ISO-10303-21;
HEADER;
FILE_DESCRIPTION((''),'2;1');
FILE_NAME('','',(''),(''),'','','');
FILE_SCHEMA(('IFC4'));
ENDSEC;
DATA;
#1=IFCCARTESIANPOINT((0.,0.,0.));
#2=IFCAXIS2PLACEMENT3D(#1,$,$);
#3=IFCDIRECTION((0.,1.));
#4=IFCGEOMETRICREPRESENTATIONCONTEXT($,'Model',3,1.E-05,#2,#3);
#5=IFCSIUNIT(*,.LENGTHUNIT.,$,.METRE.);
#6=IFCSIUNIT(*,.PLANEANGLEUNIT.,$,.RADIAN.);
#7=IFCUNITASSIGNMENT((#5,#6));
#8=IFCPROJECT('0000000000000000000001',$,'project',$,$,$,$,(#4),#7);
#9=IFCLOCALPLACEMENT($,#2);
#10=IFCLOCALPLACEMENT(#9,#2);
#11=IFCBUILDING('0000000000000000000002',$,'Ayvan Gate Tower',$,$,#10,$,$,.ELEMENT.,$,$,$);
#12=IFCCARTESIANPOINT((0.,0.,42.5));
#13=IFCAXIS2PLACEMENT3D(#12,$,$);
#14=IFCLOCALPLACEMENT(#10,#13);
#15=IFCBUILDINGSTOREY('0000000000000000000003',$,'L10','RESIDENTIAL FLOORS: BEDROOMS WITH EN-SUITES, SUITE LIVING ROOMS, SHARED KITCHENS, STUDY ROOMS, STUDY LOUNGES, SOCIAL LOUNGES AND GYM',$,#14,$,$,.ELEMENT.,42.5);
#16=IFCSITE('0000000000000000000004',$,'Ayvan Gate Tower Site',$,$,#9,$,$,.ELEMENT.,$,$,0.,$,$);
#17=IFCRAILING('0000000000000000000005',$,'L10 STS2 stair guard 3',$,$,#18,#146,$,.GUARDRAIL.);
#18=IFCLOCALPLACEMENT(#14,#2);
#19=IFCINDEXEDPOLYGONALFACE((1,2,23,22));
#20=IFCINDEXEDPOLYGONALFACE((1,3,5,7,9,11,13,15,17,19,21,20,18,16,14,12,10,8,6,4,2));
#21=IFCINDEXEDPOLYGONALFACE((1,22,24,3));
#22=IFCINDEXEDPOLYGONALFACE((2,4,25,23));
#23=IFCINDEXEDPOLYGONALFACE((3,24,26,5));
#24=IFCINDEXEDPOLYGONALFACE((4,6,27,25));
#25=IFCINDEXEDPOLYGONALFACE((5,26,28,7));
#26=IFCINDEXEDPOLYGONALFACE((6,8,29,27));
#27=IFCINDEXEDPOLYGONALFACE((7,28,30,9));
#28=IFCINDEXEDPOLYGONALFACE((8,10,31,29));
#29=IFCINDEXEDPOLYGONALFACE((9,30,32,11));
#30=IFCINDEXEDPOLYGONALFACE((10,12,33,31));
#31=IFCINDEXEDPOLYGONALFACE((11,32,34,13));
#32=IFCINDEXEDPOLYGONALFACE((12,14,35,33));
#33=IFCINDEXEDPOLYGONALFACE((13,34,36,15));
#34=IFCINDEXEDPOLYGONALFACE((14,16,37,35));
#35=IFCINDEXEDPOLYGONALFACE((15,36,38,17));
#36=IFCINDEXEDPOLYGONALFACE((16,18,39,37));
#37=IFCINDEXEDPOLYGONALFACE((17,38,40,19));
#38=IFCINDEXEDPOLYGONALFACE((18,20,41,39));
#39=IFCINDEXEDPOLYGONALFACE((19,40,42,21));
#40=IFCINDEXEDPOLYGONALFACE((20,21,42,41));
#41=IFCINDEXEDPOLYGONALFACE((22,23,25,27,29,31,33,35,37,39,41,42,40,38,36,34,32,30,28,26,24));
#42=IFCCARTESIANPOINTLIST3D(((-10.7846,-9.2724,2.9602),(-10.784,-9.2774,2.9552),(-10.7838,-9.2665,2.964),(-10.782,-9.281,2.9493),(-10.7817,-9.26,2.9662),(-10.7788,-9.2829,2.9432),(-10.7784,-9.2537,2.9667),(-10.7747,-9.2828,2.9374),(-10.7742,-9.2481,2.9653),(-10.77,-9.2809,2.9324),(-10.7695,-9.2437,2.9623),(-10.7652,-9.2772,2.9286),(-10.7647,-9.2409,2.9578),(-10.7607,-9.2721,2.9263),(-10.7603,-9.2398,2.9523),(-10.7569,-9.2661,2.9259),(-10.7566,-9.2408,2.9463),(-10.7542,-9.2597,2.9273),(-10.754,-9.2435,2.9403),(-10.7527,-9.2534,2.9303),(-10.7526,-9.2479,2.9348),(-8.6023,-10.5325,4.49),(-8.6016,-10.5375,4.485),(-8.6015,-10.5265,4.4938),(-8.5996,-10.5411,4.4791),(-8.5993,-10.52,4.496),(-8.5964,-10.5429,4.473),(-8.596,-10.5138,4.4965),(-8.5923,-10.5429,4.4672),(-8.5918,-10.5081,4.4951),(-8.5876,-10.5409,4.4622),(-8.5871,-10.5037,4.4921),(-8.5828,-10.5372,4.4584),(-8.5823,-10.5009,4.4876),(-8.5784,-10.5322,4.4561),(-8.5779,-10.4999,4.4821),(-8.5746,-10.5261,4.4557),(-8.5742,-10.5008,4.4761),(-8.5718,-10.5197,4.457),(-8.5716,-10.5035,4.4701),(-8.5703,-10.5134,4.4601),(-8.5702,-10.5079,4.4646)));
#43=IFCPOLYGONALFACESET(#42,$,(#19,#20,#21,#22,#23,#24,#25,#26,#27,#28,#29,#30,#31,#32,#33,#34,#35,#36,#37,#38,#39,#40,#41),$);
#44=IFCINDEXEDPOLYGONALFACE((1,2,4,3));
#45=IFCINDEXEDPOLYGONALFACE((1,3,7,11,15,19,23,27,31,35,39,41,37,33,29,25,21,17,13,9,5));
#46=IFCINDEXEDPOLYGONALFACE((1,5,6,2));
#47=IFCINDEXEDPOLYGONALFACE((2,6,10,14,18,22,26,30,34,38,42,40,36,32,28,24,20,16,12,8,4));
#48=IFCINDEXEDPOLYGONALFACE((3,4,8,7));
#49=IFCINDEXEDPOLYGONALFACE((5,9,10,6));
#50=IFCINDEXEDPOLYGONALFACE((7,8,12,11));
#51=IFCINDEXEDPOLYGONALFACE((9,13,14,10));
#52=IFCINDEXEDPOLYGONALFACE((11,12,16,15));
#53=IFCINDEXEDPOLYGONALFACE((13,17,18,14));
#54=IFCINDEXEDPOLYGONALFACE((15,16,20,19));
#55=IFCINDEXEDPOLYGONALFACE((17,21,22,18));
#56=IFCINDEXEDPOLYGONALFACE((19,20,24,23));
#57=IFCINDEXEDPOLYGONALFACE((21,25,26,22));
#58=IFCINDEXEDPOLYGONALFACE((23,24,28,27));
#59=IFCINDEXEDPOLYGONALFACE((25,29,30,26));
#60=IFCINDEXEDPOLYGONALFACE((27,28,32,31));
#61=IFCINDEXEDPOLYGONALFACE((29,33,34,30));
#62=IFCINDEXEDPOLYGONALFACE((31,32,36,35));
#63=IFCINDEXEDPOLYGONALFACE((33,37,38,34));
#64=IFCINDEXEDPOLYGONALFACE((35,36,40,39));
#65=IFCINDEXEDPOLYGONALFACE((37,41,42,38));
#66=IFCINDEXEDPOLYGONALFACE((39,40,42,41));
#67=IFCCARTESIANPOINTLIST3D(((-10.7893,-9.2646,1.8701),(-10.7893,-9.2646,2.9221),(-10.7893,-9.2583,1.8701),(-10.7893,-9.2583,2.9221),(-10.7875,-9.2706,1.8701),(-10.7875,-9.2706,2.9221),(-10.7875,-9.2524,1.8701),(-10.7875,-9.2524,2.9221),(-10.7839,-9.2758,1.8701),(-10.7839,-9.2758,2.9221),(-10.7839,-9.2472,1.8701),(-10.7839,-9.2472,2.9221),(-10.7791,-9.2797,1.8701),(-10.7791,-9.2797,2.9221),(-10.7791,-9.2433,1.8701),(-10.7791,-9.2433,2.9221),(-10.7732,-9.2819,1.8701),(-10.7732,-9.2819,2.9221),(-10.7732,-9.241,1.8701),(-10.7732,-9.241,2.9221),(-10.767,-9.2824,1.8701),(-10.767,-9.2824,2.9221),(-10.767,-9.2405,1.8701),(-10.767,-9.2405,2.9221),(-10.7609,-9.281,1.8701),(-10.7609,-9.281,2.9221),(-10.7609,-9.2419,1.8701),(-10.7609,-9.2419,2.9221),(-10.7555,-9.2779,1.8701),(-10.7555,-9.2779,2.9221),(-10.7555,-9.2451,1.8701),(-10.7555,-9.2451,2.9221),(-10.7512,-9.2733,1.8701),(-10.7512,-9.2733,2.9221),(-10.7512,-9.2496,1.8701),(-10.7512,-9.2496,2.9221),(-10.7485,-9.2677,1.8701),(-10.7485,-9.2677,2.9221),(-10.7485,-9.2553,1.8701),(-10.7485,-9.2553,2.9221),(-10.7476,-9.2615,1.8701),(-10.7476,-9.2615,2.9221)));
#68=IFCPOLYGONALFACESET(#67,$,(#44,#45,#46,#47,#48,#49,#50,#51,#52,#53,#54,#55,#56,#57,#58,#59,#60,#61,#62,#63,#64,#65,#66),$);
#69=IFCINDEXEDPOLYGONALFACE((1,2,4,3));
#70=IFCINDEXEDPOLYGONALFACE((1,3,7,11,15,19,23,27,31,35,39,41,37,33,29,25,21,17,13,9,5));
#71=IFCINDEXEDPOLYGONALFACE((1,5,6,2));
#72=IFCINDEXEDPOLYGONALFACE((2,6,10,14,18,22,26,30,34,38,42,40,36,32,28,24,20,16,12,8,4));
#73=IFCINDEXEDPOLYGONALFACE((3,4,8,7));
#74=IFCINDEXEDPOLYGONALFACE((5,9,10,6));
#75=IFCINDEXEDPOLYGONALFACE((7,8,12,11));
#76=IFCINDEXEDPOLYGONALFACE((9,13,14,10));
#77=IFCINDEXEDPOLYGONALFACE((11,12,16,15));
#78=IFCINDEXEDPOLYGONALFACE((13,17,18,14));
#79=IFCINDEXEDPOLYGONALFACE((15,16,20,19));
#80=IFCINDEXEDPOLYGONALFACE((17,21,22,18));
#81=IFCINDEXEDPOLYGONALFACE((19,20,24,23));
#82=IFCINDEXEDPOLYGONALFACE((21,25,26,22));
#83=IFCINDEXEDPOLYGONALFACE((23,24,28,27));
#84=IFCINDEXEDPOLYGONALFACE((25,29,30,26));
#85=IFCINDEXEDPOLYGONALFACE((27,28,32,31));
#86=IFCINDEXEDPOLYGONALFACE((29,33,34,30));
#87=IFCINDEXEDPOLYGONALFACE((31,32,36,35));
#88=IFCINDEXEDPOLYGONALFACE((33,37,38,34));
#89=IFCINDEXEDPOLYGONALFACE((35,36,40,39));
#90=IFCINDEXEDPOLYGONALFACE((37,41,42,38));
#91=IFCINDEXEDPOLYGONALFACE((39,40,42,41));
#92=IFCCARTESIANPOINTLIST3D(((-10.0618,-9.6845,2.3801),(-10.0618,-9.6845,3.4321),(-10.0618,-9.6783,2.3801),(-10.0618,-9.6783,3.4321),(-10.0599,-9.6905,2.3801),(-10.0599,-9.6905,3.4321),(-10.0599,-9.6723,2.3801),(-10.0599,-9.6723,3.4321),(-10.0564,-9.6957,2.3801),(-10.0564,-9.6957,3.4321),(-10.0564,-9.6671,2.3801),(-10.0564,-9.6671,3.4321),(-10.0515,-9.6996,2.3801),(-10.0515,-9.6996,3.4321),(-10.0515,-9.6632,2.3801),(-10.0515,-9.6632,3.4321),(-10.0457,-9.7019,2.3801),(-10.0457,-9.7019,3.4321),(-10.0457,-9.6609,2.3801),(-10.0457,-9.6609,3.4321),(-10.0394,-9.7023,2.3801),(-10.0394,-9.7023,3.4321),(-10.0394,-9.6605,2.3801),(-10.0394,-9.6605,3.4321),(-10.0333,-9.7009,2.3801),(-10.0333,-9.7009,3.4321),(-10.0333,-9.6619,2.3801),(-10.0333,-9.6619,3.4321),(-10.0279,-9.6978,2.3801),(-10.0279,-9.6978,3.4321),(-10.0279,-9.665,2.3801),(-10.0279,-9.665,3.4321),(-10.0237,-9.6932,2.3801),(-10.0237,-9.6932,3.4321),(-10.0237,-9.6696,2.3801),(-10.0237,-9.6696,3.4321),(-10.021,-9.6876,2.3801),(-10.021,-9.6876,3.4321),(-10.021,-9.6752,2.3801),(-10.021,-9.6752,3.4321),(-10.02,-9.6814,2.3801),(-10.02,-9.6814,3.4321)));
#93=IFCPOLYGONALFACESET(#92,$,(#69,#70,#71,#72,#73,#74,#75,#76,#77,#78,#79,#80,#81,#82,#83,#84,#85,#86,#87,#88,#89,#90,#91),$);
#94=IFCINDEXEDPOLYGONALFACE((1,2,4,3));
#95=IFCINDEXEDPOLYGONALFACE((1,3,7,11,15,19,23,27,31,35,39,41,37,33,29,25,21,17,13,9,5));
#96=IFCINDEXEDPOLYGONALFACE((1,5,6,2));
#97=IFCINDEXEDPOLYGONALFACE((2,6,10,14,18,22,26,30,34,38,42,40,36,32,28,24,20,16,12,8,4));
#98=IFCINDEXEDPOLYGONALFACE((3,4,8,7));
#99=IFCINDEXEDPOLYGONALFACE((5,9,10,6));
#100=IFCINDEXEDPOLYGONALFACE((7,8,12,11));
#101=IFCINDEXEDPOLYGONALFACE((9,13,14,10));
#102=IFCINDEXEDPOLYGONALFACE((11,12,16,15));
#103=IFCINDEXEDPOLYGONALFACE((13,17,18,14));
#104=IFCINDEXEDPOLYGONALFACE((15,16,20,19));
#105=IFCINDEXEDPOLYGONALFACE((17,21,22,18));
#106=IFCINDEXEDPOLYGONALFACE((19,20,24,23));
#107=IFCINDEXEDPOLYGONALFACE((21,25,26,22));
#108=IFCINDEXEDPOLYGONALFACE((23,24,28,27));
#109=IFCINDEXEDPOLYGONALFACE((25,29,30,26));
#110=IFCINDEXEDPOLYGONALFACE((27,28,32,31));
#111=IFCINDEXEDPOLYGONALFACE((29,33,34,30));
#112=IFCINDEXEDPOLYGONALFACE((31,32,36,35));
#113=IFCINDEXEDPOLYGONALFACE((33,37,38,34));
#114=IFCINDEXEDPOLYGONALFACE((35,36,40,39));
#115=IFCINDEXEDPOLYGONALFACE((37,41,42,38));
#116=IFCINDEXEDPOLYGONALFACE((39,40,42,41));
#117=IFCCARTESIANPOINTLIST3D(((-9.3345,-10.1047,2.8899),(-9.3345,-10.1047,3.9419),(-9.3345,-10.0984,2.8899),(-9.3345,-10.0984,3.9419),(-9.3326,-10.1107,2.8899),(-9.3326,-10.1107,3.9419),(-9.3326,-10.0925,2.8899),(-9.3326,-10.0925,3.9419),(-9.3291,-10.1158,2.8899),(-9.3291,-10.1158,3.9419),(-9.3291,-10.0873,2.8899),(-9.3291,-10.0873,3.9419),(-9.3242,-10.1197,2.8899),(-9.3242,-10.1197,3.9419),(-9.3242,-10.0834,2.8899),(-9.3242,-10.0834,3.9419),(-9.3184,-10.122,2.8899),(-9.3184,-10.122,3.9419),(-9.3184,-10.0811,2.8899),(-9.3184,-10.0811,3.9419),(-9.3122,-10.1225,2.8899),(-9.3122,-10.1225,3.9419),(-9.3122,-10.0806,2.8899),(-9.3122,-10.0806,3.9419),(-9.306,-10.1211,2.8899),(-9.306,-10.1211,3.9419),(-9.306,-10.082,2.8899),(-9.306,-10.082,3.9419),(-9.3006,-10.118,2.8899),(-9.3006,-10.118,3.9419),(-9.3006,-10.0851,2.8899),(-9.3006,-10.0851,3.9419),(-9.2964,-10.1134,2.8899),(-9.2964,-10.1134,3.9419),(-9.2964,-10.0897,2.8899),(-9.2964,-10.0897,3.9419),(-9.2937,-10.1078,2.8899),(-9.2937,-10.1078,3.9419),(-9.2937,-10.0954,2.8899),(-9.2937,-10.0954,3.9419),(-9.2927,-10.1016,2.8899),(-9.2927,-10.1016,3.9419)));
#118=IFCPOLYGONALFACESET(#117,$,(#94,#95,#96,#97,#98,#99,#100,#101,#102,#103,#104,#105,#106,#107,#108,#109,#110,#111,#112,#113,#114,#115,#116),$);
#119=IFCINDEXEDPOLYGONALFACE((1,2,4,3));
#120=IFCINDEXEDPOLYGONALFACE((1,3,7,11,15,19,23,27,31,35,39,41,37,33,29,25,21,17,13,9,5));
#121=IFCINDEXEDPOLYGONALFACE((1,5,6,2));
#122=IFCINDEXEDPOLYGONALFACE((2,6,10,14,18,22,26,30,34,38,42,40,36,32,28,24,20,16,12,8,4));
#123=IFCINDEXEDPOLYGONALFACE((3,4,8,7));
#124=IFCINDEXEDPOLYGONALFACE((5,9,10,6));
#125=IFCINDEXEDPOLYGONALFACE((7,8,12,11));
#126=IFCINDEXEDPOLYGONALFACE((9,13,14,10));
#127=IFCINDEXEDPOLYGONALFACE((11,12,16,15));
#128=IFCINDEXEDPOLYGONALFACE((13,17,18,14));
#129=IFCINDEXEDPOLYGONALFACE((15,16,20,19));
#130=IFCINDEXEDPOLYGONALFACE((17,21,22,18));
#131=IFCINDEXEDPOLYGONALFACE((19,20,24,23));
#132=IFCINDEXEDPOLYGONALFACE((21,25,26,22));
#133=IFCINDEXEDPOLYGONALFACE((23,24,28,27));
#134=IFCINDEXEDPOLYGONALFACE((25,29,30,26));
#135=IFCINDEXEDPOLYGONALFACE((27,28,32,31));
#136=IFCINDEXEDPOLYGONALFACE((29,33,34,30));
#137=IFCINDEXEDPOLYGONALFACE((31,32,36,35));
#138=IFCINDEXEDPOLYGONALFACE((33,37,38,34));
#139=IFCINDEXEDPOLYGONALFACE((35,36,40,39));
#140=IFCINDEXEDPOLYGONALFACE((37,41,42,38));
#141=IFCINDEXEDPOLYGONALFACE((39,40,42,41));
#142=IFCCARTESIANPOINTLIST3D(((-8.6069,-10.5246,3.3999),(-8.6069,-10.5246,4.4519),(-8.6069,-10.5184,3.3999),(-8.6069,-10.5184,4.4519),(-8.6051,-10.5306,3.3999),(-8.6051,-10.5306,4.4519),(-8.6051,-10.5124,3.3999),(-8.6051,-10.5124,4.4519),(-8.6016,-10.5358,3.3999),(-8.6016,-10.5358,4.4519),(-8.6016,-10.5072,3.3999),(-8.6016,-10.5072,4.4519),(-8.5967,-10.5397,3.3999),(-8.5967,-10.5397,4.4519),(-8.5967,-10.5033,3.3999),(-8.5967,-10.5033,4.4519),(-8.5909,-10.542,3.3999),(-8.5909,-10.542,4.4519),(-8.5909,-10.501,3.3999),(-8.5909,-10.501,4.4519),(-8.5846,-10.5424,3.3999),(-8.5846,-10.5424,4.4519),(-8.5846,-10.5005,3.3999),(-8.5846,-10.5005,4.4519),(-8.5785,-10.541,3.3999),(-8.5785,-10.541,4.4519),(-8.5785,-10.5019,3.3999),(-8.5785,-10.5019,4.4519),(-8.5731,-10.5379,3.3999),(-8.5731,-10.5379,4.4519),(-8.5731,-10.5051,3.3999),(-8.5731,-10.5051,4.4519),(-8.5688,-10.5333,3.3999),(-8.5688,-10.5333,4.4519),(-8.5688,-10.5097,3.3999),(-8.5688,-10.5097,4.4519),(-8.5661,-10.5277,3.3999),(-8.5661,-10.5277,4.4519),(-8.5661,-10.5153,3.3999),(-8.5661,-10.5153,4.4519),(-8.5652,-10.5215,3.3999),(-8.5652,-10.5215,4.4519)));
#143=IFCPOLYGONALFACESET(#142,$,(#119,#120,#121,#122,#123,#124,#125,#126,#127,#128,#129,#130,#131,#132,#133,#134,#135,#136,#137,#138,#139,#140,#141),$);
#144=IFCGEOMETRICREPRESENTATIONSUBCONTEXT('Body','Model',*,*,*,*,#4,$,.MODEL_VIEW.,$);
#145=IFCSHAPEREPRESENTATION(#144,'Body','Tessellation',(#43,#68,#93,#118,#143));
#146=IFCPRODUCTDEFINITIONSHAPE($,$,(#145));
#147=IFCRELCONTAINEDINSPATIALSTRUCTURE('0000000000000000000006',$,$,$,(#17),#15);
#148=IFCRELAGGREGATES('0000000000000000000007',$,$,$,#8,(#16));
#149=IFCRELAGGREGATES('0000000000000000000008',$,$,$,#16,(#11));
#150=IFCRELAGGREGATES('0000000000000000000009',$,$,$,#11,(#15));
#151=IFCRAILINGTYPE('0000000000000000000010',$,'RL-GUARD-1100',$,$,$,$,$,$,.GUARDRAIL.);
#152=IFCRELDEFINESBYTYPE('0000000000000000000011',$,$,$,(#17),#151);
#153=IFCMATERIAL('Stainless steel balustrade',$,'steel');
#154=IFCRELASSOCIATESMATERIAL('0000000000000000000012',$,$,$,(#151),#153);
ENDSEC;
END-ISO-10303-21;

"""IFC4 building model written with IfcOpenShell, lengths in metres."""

from ifc_helpers import new_model, si_unit, direction, frame, origin, origin_2d, place, context, subcontext, project, spatial, circle, extrude, material, type_object, element, save


model = new_model("IFC4")

# Units and contexts
model_context = context("Model", 3, precision=1e-05, world=origin(), true_north=direction((0.0, 1.0)))
body_context = subcontext(model_context, "Body", "Model", "MODEL_VIEW")
ifc_project = project(units=[si_unit("LENGTHUNIT", "METRE"), si_unit("PLANEANGLEUNIT", "RADIAN")], contexts=[model_context])

# Site, building, storey
site_placement = place(None, origin())
site = spatial("IfcSite", under=ifc_project, at=site_placement, Name="Ayvan Gate Tower Site", CompositionType="ELEMENT", RefElevation=0.0)
building_placement = place(site_placement, origin())
building = spatial("IfcBuilding", under=site, at=building_placement, Name="Ayvan Gate Tower", CompositionType="ELEMENT")
storey_placement = place(building_placement, frame((0.0, 0.0, 42.5)))
storey = spatial("IfcBuildingStorey", under=building, at=storey_placement, Name="L10", Description="RESIDENTIAL FLOORS: BEDROOMS WITH EN-SUITES, SUITE LIVING ROOMS, SHARED KITCHENS, STUDY ROOMS, STUDY LOUNGES, SOCIAL LOUNGES AND GYM", CompositionType="ELEMENT", Elevation=42.5)

# Railing
ifc_material_1 = material(Name="Stainless steel balustrade", Category="steel")
railing_type_1 = type_object("IfcRailingType", Name="RL-GUARD-1100", PredefinedType="GUARDRAIL", material=ifc_material_1)
railing_1_placement = place(storey_placement, frame((-10.7686, -9.2615, 1.8701)))
element("IfcRailing", 1, at=railing_1_placement, inside=storey, type_object=railing_type_1, Name="L10 STS2 stair guard 3", PredefinedType="GUARDRAIL", context=body_context, shape_type="SweptSolid", body=[
    extrude(circle(Radius=0.0239, at=origin_2d()), frame((0.0, 0.0, 1.0762), z_axis=(0.740293, -0.427414, 0.518926), x_axis=(0.500005, 0.866023, 0.0)), (0.0, 0.0, 1.0), 2.948),
    extrude(circle(Radius=0.021, at=origin_2d()), origin(), (0.0, 0.0, 1.0), 1.052),
    extrude(circle(Radius=0.021, at=origin_2d()), frame((0.7275, -0.4199, 0.51)), (0.0, 0.0, 1.0), 1.052),
    extrude(circle(Radius=0.021, at=origin_2d()), frame((1.4548, -0.8401, 1.0198)), (0.0, 0.0, 1.0), 1.052),
    extrude(circle(Radius=0.021, at=origin_2d()), frame((2.1824, -1.26, 1.5298)), (0.0, 0.0, 1.0), 1.052),
])

save(model, "model.ifc")
